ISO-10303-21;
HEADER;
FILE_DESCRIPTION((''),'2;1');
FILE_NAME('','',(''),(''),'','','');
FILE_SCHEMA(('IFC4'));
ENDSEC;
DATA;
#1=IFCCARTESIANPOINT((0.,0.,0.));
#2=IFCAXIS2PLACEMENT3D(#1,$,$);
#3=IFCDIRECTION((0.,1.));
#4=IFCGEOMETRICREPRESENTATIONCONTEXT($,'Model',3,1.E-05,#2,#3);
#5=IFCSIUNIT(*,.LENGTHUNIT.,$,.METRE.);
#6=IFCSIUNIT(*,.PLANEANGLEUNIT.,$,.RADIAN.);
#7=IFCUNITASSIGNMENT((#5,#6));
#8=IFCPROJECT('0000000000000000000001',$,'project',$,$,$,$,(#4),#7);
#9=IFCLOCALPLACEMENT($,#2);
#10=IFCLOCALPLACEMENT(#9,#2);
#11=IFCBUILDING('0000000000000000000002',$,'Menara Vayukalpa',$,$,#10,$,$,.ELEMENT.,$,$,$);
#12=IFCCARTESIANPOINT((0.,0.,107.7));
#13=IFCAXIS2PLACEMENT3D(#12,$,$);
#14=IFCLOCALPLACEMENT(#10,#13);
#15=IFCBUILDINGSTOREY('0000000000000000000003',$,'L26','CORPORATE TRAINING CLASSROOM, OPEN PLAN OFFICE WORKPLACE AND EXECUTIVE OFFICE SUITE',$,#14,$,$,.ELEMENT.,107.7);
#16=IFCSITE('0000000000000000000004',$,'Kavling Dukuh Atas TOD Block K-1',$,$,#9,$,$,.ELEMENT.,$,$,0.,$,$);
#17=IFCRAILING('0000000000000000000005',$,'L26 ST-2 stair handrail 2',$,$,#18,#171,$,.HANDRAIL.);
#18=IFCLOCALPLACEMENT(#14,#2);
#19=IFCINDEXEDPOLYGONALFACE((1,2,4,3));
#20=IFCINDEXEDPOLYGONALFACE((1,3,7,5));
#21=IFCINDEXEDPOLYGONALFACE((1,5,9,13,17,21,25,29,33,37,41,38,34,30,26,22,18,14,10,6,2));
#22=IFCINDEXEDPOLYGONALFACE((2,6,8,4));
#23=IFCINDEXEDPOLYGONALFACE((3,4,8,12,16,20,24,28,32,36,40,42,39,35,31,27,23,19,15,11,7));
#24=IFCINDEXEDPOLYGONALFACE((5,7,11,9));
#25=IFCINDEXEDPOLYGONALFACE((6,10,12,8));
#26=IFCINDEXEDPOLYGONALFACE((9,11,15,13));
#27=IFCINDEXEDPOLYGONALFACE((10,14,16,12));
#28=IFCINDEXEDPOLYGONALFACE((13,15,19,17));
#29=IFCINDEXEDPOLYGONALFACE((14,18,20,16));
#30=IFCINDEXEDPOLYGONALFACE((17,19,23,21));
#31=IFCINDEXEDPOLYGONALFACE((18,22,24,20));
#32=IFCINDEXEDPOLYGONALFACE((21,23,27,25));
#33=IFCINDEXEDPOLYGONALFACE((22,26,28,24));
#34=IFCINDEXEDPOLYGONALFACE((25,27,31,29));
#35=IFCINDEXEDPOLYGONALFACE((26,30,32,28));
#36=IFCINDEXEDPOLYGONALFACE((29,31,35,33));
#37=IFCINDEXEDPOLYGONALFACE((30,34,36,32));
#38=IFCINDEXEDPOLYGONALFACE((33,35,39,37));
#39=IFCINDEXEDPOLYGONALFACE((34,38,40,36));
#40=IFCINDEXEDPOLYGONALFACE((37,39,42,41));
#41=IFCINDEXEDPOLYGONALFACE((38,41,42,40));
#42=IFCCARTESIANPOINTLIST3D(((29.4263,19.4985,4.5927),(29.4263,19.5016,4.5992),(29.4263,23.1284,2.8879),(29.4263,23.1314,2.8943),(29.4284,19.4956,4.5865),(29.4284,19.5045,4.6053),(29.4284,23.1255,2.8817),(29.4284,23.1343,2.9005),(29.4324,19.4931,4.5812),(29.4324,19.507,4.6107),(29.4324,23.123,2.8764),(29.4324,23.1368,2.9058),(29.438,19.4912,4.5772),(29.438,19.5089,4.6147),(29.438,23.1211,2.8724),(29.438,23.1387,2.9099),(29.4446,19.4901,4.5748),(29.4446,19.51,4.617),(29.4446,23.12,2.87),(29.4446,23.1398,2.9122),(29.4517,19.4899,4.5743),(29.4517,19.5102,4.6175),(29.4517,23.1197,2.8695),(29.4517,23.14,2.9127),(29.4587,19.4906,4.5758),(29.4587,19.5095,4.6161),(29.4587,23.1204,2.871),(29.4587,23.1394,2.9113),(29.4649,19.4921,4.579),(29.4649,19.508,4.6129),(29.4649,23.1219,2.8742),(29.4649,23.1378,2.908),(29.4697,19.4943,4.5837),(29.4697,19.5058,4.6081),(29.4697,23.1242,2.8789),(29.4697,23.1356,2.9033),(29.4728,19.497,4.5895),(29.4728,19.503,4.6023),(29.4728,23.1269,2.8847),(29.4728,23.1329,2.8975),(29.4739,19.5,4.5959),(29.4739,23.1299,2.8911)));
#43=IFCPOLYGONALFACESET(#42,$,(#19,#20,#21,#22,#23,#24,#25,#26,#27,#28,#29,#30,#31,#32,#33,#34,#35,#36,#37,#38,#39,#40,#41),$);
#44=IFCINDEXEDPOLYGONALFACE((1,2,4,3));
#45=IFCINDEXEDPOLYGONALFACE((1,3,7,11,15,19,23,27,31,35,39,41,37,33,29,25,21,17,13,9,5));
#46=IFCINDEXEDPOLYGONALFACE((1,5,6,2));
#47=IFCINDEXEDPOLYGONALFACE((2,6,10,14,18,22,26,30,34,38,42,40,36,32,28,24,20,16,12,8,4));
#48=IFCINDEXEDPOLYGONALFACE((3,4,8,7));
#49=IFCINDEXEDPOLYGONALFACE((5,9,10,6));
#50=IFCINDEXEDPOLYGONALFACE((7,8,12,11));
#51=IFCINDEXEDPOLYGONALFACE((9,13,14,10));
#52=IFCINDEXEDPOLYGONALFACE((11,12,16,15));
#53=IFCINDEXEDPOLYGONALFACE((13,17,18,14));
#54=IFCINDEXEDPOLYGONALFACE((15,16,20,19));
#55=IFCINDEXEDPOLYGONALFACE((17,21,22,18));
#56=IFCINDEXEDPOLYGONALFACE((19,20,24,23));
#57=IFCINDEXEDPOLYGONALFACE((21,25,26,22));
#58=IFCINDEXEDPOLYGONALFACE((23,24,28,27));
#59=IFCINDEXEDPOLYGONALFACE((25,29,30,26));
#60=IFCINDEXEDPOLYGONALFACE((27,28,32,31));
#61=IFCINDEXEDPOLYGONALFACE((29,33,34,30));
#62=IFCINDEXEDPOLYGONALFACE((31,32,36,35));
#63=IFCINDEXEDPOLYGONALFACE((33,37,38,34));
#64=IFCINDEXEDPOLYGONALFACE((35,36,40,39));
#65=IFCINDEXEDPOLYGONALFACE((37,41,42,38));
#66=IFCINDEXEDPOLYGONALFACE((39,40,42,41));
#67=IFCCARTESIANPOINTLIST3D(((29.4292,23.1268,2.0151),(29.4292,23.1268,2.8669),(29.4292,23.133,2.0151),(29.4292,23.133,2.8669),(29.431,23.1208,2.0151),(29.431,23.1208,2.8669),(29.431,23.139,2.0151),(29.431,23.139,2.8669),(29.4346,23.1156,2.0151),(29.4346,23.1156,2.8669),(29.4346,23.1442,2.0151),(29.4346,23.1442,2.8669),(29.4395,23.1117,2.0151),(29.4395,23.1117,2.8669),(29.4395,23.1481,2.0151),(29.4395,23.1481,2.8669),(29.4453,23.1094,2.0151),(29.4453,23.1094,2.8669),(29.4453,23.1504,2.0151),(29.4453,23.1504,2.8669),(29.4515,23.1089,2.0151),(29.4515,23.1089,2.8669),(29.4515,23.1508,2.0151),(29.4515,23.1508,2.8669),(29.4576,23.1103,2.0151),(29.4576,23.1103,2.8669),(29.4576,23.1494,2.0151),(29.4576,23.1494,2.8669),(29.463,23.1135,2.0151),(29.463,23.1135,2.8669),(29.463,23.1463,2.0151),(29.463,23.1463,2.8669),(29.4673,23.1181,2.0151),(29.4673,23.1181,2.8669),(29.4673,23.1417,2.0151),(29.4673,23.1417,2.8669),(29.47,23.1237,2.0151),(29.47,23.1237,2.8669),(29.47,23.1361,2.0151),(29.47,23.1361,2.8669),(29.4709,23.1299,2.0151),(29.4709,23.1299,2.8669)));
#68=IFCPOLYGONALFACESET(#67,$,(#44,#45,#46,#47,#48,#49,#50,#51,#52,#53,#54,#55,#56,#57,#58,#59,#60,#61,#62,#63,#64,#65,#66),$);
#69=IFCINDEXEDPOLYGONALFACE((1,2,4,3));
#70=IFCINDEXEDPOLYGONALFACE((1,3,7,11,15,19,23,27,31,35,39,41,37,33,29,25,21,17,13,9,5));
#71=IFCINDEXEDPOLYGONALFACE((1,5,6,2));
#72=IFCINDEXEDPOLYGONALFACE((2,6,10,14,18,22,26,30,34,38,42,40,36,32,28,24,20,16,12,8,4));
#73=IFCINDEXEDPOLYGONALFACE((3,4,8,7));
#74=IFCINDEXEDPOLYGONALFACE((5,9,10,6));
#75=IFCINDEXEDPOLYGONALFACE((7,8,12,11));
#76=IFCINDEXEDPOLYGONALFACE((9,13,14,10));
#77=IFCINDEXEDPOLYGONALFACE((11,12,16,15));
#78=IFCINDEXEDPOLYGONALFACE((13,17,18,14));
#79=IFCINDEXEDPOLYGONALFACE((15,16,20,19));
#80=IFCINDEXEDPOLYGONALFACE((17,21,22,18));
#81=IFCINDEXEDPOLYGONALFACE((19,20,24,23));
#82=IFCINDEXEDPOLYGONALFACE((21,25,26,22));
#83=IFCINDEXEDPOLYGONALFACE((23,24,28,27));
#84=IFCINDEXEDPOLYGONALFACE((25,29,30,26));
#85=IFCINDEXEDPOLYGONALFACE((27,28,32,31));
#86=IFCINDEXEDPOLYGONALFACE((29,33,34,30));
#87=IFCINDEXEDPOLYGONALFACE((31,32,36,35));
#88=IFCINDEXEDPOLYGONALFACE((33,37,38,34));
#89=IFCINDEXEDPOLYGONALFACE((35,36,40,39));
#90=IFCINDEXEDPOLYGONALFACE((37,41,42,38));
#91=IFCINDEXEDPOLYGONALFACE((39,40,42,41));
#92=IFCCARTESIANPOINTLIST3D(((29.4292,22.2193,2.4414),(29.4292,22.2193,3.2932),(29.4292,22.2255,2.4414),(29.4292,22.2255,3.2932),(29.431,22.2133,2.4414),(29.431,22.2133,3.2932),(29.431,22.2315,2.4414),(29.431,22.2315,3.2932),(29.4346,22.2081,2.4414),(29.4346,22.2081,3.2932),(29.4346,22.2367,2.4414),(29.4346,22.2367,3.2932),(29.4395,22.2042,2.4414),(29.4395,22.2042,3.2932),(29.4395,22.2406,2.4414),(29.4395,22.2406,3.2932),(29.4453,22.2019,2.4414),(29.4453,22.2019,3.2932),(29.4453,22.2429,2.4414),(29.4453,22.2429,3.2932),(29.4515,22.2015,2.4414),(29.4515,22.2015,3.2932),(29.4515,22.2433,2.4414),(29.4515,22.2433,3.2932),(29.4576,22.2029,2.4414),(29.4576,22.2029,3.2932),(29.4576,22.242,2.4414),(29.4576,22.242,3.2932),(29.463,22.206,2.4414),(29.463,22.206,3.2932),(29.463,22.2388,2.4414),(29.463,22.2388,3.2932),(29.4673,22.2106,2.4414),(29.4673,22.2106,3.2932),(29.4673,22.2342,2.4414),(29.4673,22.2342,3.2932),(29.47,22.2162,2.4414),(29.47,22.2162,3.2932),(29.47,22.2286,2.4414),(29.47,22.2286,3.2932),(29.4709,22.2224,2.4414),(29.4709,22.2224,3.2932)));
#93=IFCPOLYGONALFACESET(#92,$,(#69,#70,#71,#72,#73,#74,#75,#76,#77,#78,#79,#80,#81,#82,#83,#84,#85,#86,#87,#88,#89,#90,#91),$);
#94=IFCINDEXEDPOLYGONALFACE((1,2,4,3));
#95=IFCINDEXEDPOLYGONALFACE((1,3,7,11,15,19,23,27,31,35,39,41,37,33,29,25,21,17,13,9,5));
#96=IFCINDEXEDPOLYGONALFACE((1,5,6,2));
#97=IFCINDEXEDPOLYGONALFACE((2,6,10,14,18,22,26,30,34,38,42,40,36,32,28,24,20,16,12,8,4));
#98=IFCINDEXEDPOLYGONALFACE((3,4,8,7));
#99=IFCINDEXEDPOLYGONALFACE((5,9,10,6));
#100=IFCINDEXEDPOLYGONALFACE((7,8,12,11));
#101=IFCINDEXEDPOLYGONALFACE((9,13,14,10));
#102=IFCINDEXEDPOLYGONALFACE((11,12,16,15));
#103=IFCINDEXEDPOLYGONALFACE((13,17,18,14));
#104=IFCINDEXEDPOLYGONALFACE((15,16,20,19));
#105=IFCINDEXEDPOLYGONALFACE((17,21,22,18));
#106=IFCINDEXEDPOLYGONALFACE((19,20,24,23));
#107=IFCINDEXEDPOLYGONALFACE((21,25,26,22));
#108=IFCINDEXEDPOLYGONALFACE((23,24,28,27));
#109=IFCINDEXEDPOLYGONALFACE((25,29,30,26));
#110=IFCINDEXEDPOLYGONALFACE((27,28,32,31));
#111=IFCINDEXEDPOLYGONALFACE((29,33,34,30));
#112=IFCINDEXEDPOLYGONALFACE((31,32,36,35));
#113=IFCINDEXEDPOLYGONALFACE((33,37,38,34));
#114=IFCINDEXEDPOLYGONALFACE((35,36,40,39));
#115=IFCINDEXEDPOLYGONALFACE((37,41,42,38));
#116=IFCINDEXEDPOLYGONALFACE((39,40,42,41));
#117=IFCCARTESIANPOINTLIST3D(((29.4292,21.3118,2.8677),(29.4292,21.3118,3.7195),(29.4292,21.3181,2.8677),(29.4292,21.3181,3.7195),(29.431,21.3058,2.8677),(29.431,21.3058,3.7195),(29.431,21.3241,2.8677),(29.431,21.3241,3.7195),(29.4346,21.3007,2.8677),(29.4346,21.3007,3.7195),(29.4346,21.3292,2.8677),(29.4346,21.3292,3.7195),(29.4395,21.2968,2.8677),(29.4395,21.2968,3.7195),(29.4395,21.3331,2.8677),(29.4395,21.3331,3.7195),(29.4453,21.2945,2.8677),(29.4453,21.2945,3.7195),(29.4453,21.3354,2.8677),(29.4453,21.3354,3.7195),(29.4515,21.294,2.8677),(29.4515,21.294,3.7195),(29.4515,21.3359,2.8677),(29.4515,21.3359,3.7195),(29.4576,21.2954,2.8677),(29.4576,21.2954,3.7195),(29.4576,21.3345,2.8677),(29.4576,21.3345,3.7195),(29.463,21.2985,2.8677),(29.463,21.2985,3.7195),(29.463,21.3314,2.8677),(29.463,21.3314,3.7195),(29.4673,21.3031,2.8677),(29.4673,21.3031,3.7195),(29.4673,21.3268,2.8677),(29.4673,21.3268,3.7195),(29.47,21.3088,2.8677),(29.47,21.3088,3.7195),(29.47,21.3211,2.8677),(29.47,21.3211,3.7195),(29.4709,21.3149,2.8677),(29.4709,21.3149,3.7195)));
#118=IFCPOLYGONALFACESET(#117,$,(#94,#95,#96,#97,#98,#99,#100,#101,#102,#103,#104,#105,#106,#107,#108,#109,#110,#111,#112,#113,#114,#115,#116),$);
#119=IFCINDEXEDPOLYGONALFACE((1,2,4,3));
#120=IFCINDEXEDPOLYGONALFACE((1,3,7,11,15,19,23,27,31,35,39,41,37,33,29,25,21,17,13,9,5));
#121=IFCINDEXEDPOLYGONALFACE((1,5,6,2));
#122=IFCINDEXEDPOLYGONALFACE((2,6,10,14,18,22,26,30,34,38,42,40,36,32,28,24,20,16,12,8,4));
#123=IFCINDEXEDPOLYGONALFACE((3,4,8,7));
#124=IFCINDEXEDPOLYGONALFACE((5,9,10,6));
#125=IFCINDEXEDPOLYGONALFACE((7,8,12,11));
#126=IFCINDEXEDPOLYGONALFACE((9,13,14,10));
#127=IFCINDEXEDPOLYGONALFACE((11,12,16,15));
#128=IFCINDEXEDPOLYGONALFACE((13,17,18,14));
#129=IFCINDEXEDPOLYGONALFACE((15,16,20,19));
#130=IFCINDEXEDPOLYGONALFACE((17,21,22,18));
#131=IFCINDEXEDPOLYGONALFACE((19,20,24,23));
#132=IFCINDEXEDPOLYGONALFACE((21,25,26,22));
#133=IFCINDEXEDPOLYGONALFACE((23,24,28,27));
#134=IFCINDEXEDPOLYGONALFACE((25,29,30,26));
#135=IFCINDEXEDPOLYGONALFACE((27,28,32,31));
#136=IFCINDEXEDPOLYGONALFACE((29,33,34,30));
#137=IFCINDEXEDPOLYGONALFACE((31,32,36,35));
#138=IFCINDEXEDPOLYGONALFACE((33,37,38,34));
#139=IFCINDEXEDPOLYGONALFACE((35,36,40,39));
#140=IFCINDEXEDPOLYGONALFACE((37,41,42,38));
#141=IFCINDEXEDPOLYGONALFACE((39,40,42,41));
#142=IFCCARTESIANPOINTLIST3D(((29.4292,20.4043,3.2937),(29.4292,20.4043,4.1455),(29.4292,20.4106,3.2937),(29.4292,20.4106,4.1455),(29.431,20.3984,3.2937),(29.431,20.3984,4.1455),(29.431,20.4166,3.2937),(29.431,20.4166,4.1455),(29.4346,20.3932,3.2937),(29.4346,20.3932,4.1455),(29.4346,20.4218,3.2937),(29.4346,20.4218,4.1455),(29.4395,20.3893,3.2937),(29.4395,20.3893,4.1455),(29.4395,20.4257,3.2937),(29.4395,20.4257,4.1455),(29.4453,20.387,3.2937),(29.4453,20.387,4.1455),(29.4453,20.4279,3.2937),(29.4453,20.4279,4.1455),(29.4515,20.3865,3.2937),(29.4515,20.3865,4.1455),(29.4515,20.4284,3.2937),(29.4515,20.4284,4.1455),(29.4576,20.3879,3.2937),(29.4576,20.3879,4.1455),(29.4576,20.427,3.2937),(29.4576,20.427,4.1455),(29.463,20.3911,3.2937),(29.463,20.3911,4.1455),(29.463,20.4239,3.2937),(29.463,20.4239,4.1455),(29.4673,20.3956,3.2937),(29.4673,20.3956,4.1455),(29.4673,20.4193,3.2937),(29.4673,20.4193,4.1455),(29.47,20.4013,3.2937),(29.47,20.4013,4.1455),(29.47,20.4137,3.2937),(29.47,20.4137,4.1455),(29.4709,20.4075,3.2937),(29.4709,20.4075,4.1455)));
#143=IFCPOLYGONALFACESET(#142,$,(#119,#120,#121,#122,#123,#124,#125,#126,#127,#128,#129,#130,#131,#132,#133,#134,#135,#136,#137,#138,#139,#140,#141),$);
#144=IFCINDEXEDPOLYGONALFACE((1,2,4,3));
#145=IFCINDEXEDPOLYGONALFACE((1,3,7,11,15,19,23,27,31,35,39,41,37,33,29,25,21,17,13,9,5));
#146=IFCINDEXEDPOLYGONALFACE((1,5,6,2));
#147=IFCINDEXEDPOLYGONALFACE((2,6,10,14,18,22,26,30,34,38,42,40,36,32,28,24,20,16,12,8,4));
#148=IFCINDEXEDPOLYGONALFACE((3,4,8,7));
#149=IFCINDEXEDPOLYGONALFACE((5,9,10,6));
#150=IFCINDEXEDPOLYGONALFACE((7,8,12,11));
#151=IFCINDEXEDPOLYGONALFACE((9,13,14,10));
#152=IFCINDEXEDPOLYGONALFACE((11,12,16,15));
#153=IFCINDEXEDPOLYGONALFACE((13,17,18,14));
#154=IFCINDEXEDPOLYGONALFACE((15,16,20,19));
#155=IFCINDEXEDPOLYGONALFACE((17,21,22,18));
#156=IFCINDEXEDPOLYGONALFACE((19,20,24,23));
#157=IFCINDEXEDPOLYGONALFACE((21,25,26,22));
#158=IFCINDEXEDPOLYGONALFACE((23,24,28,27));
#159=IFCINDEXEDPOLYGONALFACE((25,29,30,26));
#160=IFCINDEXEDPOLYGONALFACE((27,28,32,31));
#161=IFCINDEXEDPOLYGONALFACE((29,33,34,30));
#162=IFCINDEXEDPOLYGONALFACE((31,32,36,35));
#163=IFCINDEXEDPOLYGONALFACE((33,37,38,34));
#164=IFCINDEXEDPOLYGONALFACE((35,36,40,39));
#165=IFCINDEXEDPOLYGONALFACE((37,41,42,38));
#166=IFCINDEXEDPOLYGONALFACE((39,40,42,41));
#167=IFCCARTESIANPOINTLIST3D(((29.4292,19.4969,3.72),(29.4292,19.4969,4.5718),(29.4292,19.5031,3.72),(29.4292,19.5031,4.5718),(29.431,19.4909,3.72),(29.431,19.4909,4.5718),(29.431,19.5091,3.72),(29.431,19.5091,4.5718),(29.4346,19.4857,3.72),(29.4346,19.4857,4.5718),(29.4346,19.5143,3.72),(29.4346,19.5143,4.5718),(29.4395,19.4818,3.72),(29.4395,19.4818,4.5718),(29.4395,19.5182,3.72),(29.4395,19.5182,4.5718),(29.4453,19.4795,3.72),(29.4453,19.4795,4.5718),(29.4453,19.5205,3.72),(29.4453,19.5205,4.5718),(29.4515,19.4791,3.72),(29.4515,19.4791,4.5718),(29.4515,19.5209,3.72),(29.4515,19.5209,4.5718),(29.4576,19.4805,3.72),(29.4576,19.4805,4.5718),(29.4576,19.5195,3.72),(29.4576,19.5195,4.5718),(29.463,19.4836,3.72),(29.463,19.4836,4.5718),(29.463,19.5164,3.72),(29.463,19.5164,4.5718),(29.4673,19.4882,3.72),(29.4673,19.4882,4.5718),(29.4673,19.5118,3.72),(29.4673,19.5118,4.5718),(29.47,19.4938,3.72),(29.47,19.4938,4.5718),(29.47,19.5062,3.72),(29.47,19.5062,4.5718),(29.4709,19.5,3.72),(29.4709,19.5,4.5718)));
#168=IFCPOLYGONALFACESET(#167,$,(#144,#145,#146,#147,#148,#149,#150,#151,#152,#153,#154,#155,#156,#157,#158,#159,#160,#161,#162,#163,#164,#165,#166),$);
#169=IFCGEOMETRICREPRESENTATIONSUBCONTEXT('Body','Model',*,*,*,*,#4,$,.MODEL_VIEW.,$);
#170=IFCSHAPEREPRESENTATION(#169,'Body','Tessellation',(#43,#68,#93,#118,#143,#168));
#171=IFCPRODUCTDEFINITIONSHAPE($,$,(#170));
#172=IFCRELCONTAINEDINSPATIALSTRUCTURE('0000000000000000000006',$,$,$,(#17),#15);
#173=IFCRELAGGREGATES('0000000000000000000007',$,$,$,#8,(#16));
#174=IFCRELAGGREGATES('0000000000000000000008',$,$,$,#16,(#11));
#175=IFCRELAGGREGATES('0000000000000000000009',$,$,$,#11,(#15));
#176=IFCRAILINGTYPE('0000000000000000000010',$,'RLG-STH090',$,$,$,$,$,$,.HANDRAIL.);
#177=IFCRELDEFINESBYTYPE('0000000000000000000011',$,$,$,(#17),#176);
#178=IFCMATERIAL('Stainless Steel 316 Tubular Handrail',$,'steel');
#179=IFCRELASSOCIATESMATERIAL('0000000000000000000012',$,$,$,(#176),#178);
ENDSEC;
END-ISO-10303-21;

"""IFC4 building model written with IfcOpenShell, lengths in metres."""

from ifc_helpers import new_model, si_unit, direction, frame, origin, origin_2d, place, context, subcontext, project, spatial, circle, extrude, material, type_object, element, save


model = new_model("IFC4")

# Units and contexts
model_context = context("Model", 3, precision=1e-05, world=origin(), true_north=direction((0.0, 1.0)))
body_context = subcontext(model_context, "Body", "Model", "MODEL_VIEW")
ifc_project = project(units=[si_unit("LENGTHUNIT", "METRE"), si_unit("PLANEANGLEUNIT", "RADIAN")], contexts=[model_context])

# Site, building, storey
site_placement = place(None, origin())
site = spatial("IfcSite", under=ifc_project, at=site_placement, Name="Kavling Dukuh Atas TOD Block K-1", CompositionType="ELEMENT", RefElevation=0.0)
building_placement = place(site_placement, origin())
building = spatial("IfcBuilding", under=site, at=building_placement, Name="Menara Vayukalpa", CompositionType="ELEMENT")
storey_placement = place(building_placement, frame((0.0, 0.0, 107.7)))
storey = spatial("IfcBuildingStorey", under=building, at=storey_placement, Name="L26", Description="CORPORATE TRAINING CLASSROOM, OPEN PLAN OFFICE WORKPLACE AND EXECUTIVE OFFICE SUITE", CompositionType="ELEMENT", Elevation=107.7)

# Railing
ifc_material_1 = material(Name="Stainless Steel 316 Tubular Handrail", Category="steel")
railing_type_1 = type_object("IfcRailingType", Name="RLG-STH090", PredefinedType="HANDRAIL", material=ifc_material_1)
railing_1_placement = place(storey_placement, frame((29.45, 23.1299, 2.0151)))
element("IfcRailing", 1, at=railing_1_placement, inside=storey, type_object=railing_type_1, Name="L26 ST-2 stair handrail 2", PredefinedType="HANDRAIL", context=body_context, shape_type="SweptSolid", body=[
    extrude(circle(Radius=0.0239, at=origin_2d()), frame((0.0, 0.0, 0.876), z_axis=(0.0, -0.90514, 0.425114), x_axis=(1.0, 0.0, 0.0)), (0.0, 0.0, 1.0), 4.0103),
    extrude(circle(Radius=0.021, at=origin_2d()), origin(), (0.0, 0.0, 1.0), 0.8518),
    extrude(circle(Radius=0.021, at=origin_2d()), frame((0.0, -0.9075, 0.4263)), (0.0, 0.0, 1.0), 0.8518),
    extrude(circle(Radius=0.021, at=origin_2d()), frame((0.0, -1.8149, 0.8525)), (0.0, 0.0, 1.0), 0.8518),
    extrude(circle(Radius=0.021, at=origin_2d()), frame((0.0, -2.7224, 1.2786)), (0.0, 0.0, 1.0), 0.8518),
    extrude(circle(Radius=0.021, at=origin_2d()), frame((0.0, -3.6299, 1.7048)), (0.0, 0.0, 1.0), 0.8518),
])

save(model, "model.ifc")
